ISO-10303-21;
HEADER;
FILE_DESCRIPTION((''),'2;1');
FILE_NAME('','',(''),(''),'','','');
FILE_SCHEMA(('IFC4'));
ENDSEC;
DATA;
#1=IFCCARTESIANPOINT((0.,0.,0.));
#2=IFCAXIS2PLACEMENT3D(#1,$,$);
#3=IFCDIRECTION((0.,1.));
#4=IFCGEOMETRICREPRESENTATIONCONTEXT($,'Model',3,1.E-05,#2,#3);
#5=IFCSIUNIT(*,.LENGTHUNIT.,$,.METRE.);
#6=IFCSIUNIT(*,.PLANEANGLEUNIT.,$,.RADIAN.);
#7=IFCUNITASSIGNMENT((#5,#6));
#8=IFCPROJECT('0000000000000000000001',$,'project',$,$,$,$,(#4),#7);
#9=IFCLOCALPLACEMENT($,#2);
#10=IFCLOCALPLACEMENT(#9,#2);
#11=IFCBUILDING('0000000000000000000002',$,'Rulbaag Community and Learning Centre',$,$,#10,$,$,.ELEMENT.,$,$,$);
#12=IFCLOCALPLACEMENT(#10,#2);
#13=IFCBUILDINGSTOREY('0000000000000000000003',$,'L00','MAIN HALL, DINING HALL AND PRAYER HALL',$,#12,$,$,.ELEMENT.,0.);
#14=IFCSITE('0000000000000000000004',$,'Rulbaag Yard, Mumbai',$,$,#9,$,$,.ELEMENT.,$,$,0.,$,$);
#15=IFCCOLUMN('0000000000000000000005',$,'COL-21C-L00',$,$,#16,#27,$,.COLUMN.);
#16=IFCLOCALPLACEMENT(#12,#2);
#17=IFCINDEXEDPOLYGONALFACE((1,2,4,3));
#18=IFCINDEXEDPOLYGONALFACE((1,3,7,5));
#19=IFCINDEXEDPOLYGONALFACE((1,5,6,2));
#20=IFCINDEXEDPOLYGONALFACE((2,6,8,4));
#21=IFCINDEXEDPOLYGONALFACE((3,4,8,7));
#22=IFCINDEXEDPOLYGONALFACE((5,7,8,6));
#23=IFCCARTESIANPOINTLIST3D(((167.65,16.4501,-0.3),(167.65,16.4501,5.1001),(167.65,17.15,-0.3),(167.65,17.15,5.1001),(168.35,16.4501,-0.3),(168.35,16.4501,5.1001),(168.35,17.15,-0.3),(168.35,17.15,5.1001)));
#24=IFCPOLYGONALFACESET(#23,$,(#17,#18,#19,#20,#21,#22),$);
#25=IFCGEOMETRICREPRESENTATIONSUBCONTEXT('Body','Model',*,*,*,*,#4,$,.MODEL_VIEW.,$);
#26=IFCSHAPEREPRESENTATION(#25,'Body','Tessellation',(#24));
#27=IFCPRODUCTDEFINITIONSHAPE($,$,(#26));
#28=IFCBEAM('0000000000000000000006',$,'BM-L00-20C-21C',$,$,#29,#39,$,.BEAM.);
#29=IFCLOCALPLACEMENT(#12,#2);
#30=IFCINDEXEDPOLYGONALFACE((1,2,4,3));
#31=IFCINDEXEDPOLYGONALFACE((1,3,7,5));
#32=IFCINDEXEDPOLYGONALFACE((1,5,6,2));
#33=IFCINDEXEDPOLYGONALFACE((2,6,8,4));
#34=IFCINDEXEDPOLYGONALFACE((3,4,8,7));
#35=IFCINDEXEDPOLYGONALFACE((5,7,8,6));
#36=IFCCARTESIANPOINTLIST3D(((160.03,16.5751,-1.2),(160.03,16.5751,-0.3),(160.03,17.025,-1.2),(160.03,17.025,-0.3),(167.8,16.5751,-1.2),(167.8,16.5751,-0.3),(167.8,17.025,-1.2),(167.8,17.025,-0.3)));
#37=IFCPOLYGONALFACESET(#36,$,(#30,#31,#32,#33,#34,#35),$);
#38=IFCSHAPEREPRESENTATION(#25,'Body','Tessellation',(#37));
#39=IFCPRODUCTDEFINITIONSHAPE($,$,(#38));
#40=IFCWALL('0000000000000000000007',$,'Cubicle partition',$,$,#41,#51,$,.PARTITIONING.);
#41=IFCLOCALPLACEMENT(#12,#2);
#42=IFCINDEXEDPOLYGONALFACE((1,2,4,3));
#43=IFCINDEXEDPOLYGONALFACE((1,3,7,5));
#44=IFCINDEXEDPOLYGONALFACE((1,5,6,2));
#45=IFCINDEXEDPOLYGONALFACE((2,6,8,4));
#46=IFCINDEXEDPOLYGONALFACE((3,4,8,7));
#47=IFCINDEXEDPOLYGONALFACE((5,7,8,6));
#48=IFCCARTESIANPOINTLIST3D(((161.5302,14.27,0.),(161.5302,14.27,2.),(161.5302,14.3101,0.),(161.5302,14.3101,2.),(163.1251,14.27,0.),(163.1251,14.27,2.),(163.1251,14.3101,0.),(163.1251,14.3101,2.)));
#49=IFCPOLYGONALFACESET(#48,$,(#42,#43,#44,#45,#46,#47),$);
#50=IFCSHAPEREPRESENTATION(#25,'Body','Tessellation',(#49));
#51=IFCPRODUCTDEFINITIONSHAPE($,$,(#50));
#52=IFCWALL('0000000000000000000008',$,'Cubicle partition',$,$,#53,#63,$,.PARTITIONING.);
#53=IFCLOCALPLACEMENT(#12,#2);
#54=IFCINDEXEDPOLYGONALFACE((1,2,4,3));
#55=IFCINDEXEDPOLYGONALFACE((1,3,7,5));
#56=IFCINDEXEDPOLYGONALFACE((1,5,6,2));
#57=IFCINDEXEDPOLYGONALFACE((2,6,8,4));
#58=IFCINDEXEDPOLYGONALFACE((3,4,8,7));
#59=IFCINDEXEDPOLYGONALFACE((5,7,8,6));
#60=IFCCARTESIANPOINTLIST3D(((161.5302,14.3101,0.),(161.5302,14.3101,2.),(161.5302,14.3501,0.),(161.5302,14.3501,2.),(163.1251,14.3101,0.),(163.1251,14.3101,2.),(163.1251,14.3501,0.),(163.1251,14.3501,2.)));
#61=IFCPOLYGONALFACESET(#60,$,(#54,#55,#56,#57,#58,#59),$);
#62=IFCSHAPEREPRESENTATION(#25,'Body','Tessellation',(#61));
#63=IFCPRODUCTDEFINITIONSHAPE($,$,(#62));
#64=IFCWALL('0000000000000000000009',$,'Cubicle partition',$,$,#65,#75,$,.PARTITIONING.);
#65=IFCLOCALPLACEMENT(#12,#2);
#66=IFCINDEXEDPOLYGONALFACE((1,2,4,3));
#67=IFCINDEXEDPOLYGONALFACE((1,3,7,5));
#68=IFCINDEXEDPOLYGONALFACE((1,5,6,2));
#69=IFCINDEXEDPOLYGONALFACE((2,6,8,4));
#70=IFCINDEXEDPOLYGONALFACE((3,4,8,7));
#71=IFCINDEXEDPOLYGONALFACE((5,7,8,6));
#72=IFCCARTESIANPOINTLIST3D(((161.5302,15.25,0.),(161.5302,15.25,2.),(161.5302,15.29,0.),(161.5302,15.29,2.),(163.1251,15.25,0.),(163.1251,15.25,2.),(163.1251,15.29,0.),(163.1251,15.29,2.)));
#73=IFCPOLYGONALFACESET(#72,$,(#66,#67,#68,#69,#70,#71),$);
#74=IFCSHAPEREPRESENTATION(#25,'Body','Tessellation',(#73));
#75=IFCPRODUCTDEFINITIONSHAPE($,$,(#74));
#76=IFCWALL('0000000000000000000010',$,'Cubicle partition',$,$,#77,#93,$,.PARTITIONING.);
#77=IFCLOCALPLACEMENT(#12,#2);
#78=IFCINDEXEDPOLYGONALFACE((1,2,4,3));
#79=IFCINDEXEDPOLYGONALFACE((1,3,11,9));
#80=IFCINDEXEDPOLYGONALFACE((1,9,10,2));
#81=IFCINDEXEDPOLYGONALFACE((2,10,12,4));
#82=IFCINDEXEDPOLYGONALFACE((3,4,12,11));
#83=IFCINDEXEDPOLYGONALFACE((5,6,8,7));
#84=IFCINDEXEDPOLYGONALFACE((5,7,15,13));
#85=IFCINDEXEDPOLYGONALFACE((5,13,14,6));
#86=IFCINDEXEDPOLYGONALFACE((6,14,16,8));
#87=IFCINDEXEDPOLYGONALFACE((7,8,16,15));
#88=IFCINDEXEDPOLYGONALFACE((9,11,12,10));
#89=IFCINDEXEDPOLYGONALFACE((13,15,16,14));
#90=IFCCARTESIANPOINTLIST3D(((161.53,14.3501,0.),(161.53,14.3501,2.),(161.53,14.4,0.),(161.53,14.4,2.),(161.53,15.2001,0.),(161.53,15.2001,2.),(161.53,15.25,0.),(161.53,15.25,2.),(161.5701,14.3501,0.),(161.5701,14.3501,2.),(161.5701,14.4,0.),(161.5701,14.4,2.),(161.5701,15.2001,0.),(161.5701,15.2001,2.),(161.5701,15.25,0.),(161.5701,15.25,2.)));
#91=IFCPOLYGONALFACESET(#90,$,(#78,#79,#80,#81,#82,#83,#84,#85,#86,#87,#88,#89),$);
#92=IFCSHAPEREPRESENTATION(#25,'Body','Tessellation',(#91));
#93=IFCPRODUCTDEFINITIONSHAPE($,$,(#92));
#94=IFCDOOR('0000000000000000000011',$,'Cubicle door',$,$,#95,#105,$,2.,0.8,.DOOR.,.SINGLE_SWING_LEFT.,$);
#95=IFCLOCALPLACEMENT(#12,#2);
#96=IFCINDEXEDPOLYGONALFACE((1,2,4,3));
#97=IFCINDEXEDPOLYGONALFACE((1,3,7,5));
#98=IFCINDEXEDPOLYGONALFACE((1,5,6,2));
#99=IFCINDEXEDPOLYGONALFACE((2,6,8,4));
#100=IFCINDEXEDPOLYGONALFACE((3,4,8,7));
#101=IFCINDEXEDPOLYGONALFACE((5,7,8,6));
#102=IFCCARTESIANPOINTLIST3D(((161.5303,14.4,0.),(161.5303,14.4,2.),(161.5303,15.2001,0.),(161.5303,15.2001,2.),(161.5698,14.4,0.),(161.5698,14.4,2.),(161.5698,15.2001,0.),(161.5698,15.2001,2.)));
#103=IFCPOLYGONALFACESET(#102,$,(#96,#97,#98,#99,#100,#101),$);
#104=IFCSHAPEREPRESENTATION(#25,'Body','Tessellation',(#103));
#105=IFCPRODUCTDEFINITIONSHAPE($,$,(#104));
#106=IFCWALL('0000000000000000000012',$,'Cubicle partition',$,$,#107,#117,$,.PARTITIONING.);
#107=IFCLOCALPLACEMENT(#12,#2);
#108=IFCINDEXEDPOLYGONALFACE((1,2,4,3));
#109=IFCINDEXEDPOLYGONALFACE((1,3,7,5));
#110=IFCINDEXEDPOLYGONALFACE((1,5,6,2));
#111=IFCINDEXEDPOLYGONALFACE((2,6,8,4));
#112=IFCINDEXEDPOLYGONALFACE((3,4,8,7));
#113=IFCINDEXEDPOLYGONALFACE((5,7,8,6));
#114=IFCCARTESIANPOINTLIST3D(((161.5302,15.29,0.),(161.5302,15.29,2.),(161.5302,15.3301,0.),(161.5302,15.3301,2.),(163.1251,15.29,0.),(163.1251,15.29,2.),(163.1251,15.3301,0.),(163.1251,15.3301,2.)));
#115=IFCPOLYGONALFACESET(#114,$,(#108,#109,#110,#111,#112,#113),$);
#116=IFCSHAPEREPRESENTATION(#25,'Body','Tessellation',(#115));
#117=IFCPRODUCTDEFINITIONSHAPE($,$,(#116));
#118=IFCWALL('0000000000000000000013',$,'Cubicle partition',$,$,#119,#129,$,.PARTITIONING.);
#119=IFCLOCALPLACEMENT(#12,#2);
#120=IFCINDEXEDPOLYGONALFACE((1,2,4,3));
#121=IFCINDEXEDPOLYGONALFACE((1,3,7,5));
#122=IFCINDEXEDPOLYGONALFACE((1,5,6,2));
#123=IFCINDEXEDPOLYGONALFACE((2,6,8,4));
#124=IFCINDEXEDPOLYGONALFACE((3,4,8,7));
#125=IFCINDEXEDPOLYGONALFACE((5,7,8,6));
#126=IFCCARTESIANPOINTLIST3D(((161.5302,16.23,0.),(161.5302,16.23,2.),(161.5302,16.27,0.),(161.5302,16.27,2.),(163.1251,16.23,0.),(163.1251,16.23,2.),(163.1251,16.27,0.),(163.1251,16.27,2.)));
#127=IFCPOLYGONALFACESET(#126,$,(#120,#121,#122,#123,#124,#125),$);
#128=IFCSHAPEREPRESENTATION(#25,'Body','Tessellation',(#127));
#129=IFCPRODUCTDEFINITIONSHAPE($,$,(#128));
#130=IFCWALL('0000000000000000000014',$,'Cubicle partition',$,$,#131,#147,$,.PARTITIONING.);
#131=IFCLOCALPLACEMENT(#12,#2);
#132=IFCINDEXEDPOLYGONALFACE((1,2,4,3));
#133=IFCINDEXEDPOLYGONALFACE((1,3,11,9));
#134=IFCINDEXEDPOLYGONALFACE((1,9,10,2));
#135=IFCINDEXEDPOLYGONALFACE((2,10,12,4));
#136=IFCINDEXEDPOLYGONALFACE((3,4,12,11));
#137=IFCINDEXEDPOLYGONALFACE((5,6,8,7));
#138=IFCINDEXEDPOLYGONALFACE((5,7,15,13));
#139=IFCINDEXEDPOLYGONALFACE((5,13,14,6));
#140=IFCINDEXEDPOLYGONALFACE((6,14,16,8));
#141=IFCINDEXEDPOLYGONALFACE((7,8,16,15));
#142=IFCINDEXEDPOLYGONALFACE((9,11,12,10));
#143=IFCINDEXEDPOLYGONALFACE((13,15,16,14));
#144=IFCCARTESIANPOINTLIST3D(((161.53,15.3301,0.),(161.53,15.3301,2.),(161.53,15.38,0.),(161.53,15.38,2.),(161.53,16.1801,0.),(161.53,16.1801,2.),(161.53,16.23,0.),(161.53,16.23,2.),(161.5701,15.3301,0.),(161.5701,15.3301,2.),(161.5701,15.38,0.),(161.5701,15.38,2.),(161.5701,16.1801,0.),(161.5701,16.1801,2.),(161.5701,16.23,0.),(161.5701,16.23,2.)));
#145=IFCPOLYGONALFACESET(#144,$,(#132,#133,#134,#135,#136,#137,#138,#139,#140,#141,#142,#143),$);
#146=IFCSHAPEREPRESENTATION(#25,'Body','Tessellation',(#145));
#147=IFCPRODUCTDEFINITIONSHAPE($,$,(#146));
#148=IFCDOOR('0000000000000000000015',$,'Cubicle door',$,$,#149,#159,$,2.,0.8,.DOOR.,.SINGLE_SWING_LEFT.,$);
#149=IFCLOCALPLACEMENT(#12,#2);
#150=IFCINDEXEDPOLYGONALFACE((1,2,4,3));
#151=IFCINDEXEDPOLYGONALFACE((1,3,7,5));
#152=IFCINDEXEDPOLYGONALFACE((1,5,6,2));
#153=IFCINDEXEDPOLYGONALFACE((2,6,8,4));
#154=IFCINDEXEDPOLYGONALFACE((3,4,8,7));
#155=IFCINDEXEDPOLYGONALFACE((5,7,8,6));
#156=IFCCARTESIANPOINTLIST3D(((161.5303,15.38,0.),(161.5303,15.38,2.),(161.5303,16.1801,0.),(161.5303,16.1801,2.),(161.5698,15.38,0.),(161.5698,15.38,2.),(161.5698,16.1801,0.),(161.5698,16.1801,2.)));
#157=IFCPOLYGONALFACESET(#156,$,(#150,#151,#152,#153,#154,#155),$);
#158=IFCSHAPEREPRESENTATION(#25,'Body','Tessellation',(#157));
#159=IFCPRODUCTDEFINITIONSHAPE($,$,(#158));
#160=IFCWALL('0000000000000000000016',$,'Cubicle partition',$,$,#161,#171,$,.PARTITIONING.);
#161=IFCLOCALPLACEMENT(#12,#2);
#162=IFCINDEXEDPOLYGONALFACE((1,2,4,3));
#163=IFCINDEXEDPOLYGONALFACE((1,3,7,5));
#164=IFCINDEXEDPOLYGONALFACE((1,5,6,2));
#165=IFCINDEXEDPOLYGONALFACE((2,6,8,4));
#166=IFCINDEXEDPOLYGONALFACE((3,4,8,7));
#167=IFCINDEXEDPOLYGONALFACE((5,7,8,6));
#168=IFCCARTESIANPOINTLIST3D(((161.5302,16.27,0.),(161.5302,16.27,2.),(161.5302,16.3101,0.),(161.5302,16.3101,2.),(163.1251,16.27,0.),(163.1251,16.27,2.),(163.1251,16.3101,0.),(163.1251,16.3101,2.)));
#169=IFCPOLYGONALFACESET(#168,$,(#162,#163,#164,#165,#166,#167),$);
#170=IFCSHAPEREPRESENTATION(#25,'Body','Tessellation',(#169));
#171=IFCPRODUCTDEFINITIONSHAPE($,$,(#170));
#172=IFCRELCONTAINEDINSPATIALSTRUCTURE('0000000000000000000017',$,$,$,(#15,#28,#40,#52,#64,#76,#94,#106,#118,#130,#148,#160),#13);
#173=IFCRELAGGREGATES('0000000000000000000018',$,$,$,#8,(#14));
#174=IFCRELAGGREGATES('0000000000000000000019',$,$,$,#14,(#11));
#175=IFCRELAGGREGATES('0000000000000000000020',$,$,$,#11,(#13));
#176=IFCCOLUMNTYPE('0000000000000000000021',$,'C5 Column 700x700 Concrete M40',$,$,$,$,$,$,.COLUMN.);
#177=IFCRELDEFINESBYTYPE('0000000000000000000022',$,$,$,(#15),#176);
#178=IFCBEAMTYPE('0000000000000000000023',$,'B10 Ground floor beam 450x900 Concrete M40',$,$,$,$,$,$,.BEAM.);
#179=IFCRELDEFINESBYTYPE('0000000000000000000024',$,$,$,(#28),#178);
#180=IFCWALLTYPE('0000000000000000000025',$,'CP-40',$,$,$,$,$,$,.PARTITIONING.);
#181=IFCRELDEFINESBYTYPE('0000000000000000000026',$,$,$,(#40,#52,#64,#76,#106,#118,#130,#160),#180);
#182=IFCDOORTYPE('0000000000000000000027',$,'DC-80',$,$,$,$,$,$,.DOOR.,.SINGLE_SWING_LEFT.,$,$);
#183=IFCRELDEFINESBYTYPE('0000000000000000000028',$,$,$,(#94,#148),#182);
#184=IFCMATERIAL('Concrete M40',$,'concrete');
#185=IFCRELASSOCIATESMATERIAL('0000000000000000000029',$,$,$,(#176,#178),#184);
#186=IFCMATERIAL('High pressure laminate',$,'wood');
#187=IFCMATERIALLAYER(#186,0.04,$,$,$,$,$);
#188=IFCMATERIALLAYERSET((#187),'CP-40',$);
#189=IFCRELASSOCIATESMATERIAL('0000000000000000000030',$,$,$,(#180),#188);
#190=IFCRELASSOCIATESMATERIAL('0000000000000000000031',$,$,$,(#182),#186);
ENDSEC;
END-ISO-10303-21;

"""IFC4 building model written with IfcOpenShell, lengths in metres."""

from ifc_helpers import new_model, si_unit, direction, frame, frame_2d, origin, origin_2d, place, context, subcontext, project, spatial, rectangle, extrude, material, layer, layer_set, material_profile, profile_set, type_object, element, fill, save


model = new_model("IFC4")

# Units and contexts
model_context = context("Model", 3, precision=1e-05, world=origin(), true_north=direction((0.0, 1.0)))
body_context = subcontext(model_context, "Body", "Model", "MODEL_VIEW")
ifc_project = project(units=[si_unit("LENGTHUNIT", "METRE"), si_unit("PLANEANGLEUNIT", "RADIAN")], contexts=[model_context])

# Site, building, storey
site_placement = place(None, origin())
site = spatial("IfcSite", under=ifc_project, at=site_placement, Name="Rulbaag Yard, Mumbai", CompositionType="ELEMENT", RefElevation=0.0)
building_placement = place(site_placement, origin())
building = spatial("IfcBuilding", under=site, at=building_placement, Name="Rulbaag Community and Learning Centre", CompositionType="ELEMENT")
storey_placement = place(building_placement, origin())
storey = spatial("IfcBuildingStorey", under=building, at=storey_placement, Name="L00", Description="MAIN HALL, DINING HALL AND PRAYER HALL", CompositionType="ELEMENT", Elevation=0.0)

# Column
ifc_material_1 = material(Name="Concrete M40", Category="concrete")
ifc_material_profile_1 = material_profile(ifc_material_1, rectangle(XDim=0.7, YDim=0.7, at=origin_2d()), Name="RC700x700")
ifc_profile_set_1 = profile_set([ifc_material_profile_1], Name="Concrete M40")
column_type = type_object("IfcColumnType", Name="C5 Column 700x700 Concrete M40", PredefinedType="COLUMN", material=ifc_profile_set_1)
column_placement = place(storey_placement, frame((168.0, 16.8, -0.3), z_axis=(0.0, 0.0, 1.0), x_axis=(1.0, 0.0, 0.0)))
element("IfcColumn", 1, at=column_placement, inside=storey, type_object=column_type, Name="COL-21C-L00", PredefinedType="COLUMN", context=body_context, shape_type="SweptSolid", body=[
    extrude(rectangle(XDim=0.7, YDim=0.7, at=origin_2d()), origin(), (0.0, 0.0, 1.0), 5.4001),
])

# Beam
ifc_material_profile_2 = material_profile(ifc_material_1, rectangle(XDim=0.45, YDim=0.8999, at=origin_2d()), Name="RB450x900")
ifc_profile_set_2 = profile_set([ifc_material_profile_2], Name="Concrete M40")
beam_type = type_object("IfcBeamType", Name="B10 Ground floor beam 450x900 Concrete M40", PredefinedType="BEAM", material=ifc_profile_set_2)
beam_placement = place(storey_placement, frame((160.03, 16.8, -0.75), z_axis=(1.0, 0.0, 0.0), x_axis=(0.0, 1.0, 0.0)))
element("IfcBeam", 2, at=beam_placement, inside=storey, type_object=beam_type, Name="BM-L00-20C-21C", PredefinedType="BEAM", context=body_context, shape_type="SweptSolid", body=[
    extrude(rectangle(XDim=0.45, YDim=0.8999, at=origin_2d()), origin(), (0.0, 0.0, 1.0), 7.77),
])

# Walls
ifc_material_2 = material(Name="High pressure laminate", Category="wood")
ifc_layer_1 = layer(ifc_material_2, 0.04)
ifc_layer_set_1 = layer_set([ifc_layer_1], Name="CP-40")
wall_type_1 = type_object("IfcWallType", Name="CP-40", PredefinedType="PARTITIONING", material=ifc_layer_set_1)
for number, where, z_axis, x_axis, name in (
    (3, (163.125, 14.29, 0.0), (0.0, 0.0, 1.0), (-1.0, 0.0, 0.0), "Cubicle partition"),
    (4, (163.125, 14.3301, 0.0), (0.0, 0.0, 1.0), (-1.0, 0.0, 0.0), "Cubicle partition"),
    (5, (163.125, 15.27, 0.0), (0.0, 0.0, 1.0), (-1.0, 0.0, 0.0), "Cubicle partition"),
):
    element("IfcWall", number, at=place(storey_placement, frame(where, z_axis=z_axis, x_axis=x_axis)), inside=storey, type_object=wall_type_1, Name=name, PredefinedType="PARTITIONING", context=body_context, shape_type="SweptSolid", body=[
        extrude(rectangle(XDim=1.595, YDim=0.04, at=frame_2d((0.7974, 0.0))), origin(), (0.0, 0.0, 1.0), 2.0),
    ])

# Wall, opening, door
wall_1_placement = place(storey_placement, frame((161.55, 14.3501, 0.0), z_axis=(0.0, 0.0, 1.0), x_axis=(0.0, 1.0, 0.0)))
wall_1 = element("IfcWall", 6, at=wall_1_placement, inside=storey, type_object=wall_type_1, Name="Cubicle partition", PredefinedType="PARTITIONING", context=body_context, shape_type="SweptSolid", body=[
    extrude(rectangle(XDim=0.8999, YDim=0.04, at=frame_2d((0.45, 0.0))), origin(), (0.0, 0.0, 1.0), 2.0),
])
opening_1_placement = place(wall_1_placement, frame((0.05, 0.0, 0.0)))
opening_1 = element("IfcOpeningElement", 7, at=opening_1_placement, cuts=wall_1, PredefinedType="OPENING", context=body_context, shape_type="SweptSolid", body=[
    extrude(rectangle(XDim=0.8, YDim=2.0, at=frame_2d((0.3999, 1.0))), frame((0.0, 0.03, 0.0), z_axis=(0.0, -1.0, 0.0), x_axis=(1.0, 0.0, 0.0)), (0.0, 0.0, 1.0), 0.0601),
])
door_type = type_object("IfcDoorType", Name="DC-80", OperationType="SINGLE_SWING_LEFT", PredefinedType="DOOR", material=ifc_material_2)
door_1_placement = place(opening_1_placement, origin())
door_1 = element("IfcDoor", 8, at=door_1_placement, inside=storey, type_object=door_type, Name="Cubicle door", OperationType="SINGLE_SWING_LEFT", OverallHeight=2.0, OverallWidth=0.8, PredefinedType="DOOR", context=body_context, shape_type="SweptSolid", body=[
    extrude(rectangle(XDim=0.8, YDim=2.0, at=frame_2d((0.3999, 1.0))), frame((0.0, 0.0198, 0.0), z_axis=(0.0, -1.0, 0.0), x_axis=(1.0, 0.0, 0.0)), (0.0, 0.0, 1.0), 0.0396),
])
fill(opening_1, door_1)

# Walls
for number, where, z_axis, x_axis, name in (
    (9, (163.125, 15.3101, 0.0), (0.0, 0.0, 1.0), (-1.0, 0.0, 0.0), "Cubicle partition"),
    (10, (163.125, 16.25, 0.0), (0.0, 0.0, 1.0), (-1.0, 0.0, 0.0), "Cubicle partition"),
):
    element("IfcWall", number, at=place(storey_placement, frame(where, z_axis=z_axis, x_axis=x_axis)), inside=storey, type_object=wall_type_1, Name=name, PredefinedType="PARTITIONING", context=body_context, shape_type="SweptSolid", body=[
        extrude(rectangle(XDim=1.595, YDim=0.04, at=frame_2d((0.7974, 0.0))), origin(), (0.0, 0.0, 1.0), 2.0),
    ])

# Wall, opening, door
wall_2_placement = place(storey_placement, frame((161.55, 15.3301, 0.0), z_axis=(0.0, 0.0, 1.0), x_axis=(0.0, 1.0, 0.0)))
wall_2 = element("IfcWall", 11, at=wall_2_placement, inside=storey, type_object=wall_type_1, Name="Cubicle partition", PredefinedType="PARTITIONING", context=body_context, shape_type="SweptSolid", body=[
    extrude(rectangle(XDim=0.8999, YDim=0.04, at=frame_2d((0.45, 0.0))), origin(), (0.0, 0.0, 1.0), 2.0),
])
opening_2_placement = place(wall_2_placement, frame((0.05, 0.0, 0.0)))
opening_2 = element("IfcOpeningElement", 12, at=opening_2_placement, cuts=wall_2, PredefinedType="OPENING", context=body_context, shape_type="SweptSolid", body=[
    extrude(rectangle(XDim=0.8, YDim=2.0, at=frame_2d((0.3999, 1.0))), frame((0.0, 0.03, 0.0), z_axis=(0.0, -1.0, 0.0), x_axis=(1.0, 0.0, 0.0)), (0.0, 0.0, 1.0), 0.0601),
])
door_2_placement = place(opening_2_placement, origin())
door_2 = element("IfcDoor", 13, at=door_2_placement, inside=storey, type_object=door_type, Name="Cubicle door", OperationType="SINGLE_SWING_LEFT", OverallHeight=2.0, OverallWidth=0.8, PredefinedType="DOOR", context=body_context, shape_type="SweptSolid", body=[
    extrude(rectangle(XDim=0.8, YDim=2.0, at=frame_2d((0.3999, 1.0))), frame((0.0, 0.0198, 0.0), z_axis=(0.0, -1.0, 0.0), x_axis=(1.0, 0.0, 0.0)), (0.0, 0.0, 1.0), 0.0396),
])
fill(opening_2, door_2)

# Wall
wall_3_placement = place(storey_placement, frame((163.125, 16.29, 0.0), z_axis=(0.0, 0.0, 1.0), x_axis=(-1.0, 0.0, 0.0)))
element("IfcWall", 14, at=wall_3_placement, inside=storey, type_object=wall_type_1, Name="Cubicle partition", PredefinedType="PARTITIONING", context=body_context, shape_type="SweptSolid", body=[
    extrude(rectangle(XDim=1.595, YDim=0.04, at=frame_2d((0.7974, 0.0))), origin(), (0.0, 0.0, 1.0), 2.0),
])

save(model, "model.ifc")
